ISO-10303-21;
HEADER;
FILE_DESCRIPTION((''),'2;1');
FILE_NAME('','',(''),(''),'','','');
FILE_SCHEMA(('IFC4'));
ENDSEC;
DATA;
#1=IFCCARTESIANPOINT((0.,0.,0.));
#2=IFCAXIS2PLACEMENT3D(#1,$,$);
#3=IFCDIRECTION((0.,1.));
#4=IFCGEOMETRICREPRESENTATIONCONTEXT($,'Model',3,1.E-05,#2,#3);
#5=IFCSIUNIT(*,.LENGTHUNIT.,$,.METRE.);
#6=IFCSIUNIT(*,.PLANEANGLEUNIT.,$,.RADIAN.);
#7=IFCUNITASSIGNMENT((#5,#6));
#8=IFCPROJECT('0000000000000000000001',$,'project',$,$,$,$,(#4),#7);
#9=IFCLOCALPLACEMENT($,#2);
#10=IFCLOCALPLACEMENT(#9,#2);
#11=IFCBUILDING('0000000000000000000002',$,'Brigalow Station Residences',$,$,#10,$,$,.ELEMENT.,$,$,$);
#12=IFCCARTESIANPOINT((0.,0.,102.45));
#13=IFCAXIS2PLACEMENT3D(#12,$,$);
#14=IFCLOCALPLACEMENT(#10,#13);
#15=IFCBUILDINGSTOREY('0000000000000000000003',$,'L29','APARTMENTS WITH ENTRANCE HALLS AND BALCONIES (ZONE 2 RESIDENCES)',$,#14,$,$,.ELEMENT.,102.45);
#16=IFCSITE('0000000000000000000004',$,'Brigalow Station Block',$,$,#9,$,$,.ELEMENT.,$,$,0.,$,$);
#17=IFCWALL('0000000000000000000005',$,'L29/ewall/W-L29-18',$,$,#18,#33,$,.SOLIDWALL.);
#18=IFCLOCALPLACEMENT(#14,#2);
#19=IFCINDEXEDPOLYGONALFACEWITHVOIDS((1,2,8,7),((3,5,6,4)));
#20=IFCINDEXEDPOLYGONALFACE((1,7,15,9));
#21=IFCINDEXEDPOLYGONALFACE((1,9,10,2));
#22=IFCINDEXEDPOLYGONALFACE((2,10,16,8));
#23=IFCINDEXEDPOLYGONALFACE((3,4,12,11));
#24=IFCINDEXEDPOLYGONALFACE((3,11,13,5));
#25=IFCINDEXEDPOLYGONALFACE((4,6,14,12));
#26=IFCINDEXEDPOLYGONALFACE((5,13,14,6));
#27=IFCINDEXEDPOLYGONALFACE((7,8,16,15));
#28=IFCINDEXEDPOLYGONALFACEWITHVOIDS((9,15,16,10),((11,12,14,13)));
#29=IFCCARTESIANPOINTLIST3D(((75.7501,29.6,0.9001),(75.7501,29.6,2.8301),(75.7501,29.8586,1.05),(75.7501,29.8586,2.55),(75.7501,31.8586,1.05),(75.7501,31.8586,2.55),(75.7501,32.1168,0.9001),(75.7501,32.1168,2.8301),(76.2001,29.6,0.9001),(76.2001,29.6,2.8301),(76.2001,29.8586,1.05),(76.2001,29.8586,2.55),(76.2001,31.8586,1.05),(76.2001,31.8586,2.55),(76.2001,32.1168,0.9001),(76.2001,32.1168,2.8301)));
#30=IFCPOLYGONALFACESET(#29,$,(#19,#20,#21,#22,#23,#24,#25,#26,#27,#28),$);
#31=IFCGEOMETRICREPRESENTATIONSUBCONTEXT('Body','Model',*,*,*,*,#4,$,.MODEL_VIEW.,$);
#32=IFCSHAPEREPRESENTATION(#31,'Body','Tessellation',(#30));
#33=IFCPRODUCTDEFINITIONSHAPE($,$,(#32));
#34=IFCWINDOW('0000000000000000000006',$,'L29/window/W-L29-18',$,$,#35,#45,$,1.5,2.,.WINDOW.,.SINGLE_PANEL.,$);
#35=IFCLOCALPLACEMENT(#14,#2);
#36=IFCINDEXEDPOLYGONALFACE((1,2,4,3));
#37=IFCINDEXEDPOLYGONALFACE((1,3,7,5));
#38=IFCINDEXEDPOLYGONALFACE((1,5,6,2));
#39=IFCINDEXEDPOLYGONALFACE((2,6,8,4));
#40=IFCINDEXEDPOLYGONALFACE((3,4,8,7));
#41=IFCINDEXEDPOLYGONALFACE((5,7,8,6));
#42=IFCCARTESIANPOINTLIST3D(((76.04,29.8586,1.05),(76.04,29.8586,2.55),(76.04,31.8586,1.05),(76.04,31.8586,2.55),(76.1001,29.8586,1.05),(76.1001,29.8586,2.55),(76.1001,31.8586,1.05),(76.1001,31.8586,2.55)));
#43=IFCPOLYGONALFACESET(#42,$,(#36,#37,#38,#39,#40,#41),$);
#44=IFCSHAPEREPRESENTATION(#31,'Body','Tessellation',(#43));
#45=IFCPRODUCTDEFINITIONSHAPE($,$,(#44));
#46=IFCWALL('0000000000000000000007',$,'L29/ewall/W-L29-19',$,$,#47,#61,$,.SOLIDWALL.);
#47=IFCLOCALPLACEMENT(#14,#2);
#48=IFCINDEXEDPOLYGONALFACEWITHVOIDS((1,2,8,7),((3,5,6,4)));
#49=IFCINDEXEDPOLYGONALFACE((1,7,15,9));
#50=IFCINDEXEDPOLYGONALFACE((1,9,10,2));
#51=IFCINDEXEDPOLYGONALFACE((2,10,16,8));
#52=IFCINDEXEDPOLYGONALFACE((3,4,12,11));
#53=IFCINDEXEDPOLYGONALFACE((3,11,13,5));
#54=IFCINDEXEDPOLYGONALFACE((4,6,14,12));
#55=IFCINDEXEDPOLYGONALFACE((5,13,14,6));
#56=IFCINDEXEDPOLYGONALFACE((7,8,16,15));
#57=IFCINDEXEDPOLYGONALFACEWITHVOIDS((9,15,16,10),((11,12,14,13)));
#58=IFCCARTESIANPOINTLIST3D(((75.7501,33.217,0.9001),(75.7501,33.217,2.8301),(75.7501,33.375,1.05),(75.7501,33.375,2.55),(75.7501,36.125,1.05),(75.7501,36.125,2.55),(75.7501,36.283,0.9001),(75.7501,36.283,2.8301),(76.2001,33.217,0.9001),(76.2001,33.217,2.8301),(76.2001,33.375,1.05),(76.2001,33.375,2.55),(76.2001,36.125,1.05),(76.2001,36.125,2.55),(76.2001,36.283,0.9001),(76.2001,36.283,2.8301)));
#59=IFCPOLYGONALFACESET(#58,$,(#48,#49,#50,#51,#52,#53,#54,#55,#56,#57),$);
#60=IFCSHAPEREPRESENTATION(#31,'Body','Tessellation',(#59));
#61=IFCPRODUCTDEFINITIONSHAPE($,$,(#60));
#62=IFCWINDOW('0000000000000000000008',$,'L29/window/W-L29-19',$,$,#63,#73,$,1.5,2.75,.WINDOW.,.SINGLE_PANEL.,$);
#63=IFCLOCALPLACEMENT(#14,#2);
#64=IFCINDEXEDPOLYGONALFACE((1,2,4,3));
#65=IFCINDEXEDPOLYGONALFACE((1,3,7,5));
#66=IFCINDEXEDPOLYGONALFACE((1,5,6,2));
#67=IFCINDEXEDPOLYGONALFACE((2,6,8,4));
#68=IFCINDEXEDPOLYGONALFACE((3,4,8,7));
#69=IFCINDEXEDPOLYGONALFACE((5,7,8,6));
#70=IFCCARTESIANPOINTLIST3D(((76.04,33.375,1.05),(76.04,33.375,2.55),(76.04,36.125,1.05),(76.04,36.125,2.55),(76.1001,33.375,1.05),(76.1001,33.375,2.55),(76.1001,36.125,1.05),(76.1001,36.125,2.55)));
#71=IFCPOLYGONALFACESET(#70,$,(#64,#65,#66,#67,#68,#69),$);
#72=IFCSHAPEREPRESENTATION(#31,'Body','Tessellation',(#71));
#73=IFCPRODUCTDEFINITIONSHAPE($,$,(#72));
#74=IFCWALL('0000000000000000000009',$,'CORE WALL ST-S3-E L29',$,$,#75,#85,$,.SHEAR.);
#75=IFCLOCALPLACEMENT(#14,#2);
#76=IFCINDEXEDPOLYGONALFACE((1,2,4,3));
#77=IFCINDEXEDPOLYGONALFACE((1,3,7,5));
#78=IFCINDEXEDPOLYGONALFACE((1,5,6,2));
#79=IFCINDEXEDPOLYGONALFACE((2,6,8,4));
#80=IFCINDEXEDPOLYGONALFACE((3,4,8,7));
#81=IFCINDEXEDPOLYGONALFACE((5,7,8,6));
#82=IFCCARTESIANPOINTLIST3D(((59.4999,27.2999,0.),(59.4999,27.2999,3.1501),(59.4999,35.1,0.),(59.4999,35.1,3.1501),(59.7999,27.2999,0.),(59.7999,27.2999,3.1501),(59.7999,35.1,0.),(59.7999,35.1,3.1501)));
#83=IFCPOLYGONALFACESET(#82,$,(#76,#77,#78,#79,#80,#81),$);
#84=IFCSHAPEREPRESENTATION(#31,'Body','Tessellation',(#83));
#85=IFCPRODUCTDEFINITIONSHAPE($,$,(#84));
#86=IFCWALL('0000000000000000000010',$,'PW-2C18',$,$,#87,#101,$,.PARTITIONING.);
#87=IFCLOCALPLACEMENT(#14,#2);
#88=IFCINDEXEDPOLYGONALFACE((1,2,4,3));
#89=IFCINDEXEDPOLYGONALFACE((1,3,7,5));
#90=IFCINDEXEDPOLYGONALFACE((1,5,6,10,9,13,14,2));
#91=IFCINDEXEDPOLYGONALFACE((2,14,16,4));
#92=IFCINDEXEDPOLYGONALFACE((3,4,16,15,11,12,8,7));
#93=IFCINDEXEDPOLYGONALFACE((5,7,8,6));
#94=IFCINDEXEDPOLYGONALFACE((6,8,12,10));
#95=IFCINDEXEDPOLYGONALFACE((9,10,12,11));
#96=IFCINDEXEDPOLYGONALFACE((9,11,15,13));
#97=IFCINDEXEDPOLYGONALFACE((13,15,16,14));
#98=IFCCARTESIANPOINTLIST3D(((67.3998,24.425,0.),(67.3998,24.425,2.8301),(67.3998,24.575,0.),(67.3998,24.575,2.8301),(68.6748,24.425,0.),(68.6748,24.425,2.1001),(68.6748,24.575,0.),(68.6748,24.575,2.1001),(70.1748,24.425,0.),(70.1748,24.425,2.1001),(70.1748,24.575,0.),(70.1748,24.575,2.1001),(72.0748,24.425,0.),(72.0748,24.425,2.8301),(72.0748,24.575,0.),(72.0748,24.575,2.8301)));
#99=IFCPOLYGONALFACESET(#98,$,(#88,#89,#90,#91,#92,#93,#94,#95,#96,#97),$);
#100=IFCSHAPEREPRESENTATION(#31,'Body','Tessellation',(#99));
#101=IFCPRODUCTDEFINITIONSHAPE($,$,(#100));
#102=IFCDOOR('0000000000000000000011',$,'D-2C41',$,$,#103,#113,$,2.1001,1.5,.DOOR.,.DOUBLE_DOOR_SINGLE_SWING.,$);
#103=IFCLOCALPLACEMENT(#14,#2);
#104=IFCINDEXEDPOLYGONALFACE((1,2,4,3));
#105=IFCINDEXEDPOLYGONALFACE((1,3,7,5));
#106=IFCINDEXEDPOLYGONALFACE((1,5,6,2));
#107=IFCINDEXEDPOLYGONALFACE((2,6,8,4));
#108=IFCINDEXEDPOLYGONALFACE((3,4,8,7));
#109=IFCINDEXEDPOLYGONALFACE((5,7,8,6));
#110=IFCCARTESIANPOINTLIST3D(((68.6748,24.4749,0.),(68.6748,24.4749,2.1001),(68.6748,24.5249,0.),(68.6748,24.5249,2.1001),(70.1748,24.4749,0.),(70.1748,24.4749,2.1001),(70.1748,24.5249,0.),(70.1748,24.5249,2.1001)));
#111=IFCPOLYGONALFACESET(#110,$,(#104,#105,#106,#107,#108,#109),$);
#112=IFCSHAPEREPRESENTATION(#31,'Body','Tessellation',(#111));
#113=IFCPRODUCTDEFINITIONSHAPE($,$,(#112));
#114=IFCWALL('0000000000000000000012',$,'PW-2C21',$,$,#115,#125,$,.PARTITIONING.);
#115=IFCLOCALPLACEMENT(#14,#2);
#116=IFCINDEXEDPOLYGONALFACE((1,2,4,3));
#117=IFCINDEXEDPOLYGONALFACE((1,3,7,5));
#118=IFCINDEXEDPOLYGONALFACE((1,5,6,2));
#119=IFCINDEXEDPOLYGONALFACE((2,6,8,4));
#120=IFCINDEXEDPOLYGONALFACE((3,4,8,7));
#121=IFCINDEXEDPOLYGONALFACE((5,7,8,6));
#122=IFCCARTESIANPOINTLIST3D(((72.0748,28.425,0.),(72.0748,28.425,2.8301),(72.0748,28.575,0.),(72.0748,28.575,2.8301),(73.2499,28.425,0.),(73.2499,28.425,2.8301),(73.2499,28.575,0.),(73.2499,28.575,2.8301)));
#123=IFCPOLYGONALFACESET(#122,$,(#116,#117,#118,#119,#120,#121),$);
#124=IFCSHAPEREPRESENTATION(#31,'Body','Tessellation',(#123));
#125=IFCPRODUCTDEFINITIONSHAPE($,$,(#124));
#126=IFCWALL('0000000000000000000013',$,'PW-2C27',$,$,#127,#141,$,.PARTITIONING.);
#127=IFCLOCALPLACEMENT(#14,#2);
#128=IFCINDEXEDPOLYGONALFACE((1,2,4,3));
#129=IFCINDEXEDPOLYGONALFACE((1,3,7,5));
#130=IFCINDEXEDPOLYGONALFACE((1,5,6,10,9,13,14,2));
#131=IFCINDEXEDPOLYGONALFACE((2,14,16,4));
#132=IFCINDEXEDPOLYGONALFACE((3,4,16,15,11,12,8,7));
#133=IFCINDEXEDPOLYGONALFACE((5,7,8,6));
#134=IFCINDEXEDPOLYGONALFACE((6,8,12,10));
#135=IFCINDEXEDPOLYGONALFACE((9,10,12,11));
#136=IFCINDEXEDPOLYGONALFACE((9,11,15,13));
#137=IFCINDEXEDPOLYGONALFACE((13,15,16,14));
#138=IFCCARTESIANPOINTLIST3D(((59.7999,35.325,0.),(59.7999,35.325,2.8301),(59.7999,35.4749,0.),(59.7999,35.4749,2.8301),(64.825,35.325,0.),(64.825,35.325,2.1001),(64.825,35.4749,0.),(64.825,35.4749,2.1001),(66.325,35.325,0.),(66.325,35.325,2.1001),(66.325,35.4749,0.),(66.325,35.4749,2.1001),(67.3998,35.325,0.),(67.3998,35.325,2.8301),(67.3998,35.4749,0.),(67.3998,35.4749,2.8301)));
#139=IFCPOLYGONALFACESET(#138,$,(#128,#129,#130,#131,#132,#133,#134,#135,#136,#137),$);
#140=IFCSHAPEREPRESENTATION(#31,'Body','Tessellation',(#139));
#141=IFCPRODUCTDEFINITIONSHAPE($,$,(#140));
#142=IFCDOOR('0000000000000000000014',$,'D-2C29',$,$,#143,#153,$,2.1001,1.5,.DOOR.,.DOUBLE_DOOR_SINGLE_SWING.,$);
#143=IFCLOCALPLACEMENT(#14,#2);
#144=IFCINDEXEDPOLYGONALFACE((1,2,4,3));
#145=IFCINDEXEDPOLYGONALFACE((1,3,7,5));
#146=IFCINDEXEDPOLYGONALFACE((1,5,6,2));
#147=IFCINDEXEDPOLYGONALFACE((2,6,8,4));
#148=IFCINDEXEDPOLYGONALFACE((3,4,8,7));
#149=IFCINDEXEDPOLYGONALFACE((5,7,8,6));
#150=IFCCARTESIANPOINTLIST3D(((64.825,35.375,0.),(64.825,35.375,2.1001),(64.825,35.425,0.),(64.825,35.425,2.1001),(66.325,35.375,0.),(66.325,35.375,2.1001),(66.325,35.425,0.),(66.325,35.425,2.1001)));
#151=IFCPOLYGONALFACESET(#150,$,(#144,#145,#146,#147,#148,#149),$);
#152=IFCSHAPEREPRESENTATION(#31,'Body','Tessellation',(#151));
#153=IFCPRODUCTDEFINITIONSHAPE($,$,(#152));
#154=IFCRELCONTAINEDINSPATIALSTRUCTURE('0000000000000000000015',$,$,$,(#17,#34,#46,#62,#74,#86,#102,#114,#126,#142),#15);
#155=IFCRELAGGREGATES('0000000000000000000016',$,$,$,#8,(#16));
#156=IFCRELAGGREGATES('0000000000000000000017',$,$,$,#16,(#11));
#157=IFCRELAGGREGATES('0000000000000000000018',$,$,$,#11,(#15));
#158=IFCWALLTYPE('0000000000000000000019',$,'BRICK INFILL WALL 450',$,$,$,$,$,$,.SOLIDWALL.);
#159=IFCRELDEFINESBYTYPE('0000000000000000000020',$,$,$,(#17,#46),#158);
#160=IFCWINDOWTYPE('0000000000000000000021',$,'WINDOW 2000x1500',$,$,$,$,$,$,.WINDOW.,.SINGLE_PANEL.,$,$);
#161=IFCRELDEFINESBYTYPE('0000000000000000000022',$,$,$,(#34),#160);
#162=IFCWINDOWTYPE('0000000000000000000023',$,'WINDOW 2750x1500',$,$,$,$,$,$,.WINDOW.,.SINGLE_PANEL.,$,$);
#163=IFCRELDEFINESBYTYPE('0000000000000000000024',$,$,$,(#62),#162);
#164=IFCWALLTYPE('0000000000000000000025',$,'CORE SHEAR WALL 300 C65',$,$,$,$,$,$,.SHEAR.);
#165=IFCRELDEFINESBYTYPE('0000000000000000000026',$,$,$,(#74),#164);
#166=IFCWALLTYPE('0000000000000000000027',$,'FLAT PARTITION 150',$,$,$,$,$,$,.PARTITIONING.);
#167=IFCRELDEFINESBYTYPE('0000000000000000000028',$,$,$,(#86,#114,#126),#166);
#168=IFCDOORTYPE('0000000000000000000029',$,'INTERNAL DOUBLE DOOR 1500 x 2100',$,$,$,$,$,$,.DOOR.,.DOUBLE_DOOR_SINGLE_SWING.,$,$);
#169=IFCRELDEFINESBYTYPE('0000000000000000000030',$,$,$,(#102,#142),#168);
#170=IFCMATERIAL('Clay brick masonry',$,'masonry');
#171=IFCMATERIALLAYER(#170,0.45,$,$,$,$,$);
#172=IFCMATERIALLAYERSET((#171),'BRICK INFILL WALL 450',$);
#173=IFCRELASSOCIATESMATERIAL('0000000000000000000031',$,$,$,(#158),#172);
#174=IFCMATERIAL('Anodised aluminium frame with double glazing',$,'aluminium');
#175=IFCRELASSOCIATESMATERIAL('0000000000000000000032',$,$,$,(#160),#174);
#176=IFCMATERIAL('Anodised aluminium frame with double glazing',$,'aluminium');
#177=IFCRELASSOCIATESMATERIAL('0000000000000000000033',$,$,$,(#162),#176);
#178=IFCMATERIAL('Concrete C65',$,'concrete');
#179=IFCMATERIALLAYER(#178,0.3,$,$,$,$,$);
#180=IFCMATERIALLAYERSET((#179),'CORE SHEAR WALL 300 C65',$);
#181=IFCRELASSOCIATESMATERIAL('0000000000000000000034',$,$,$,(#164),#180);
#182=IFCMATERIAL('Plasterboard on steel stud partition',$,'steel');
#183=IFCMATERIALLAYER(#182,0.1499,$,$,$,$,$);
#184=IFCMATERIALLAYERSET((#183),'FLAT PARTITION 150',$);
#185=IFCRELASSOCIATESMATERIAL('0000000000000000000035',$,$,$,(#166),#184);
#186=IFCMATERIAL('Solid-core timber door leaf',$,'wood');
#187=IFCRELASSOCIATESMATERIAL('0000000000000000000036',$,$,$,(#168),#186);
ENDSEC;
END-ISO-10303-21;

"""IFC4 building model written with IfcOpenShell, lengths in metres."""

from ifc_helpers import new_model, si_unit, direction, frame, frame_2d, origin, place, context, subcontext, project, spatial, rectangle, extrude, material, layer, layer_set, type_object, element, fill, save


model = new_model("IFC4")

# Units and contexts
model_context = context("Model", 3, precision=1e-05, world=origin(), true_north=direction((0.0, 1.0)))
body_context = subcontext(model_context, "Body", "Model", "MODEL_VIEW")
ifc_project = project(units=[si_unit("LENGTHUNIT", "METRE"), si_unit("PLANEANGLEUNIT", "RADIAN")], contexts=[model_context])

# Site, building, storey
site_placement = place(None, origin())
site = spatial("IfcSite", under=ifc_project, at=site_placement, Name="Brigalow Station Block", CompositionType="ELEMENT", RefElevation=0.0)
building_placement = place(site_placement, origin())
building = spatial("IfcBuilding", under=site, at=building_placement, Name="Brigalow Station Residences", CompositionType="ELEMENT")
storey_placement = place(building_placement, frame((0.0, 0.0, 102.45)))
storey = spatial("IfcBuildingStorey", under=building, at=storey_placement, Name="L29", Description="APARTMENTS WITH ENTRANCE HALLS AND BALCONIES (ZONE 2 RESIDENCES)", CompositionType="ELEMENT", Elevation=102.45)

# Shared definitions
ifc_material_1 = material(Name="Clay brick masonry", Category="masonry")
ifc_layer_1 = layer(ifc_material_1, 0.45)
ifc_layer_set_1 = layer_set([ifc_layer_1], Name="BRICK INFILL WALL 450")
wall_type_1 = type_object("IfcWallType", Name="BRICK INFILL WALL 450", PredefinedType="SOLIDWALL", material=ifc_layer_set_1)

# Walls, openings, windows
wall_1_placement = place(storey_placement, frame((75.9751, 29.6001, 0.9001), z_axis=(0.0, 0.0, 1.0), x_axis=(0.0, 1.0, 0.0)))
wall_1 = element("IfcWall", 1, at=wall_1_placement, inside=storey, type_object=wall_type_1, Name="L29/ewall/W-L29-18", PredefinedType="SOLIDWALL", context=body_context, shape_type="SweptSolid", body=[
    extrude(rectangle(XDim=2.5168, YDim=0.45, at=frame_2d((1.2583, 0.0))), origin(), (0.0, 0.0, 1.0), 1.9299),
])
opening_1_placement = place(wall_1_placement, frame((0.2585, 0.0, 0.1499)))
opening_1 = element("IfcOpeningElement", 2, at=opening_1_placement, cuts=wall_1, PredefinedType="OPENING", context=body_context, shape_type="SweptSolid", body=[
    extrude(rectangle(XDim=2.0, YDim=1.5, at=frame_2d((1.0, 0.75))), frame((0.0, 0.2349, 0.0), z_axis=(0.0, -1.0, 0.0), x_axis=(1.0, 0.0, 0.0)), (0.0, 0.0, 1.0), 0.47),
])
ifc_material_2 = material(Name="Anodised aluminium frame with double glazing", Category="aluminium")
window_type_1 = type_object("IfcWindowType", Name="WINDOW 2000x1500", PartitioningType="SINGLE_PANEL", PredefinedType="WINDOW", material=ifc_material_2)
window_1_placement = place(opening_1_placement, origin())
window_1 = element("IfcWindow", 3, at=window_1_placement, inside=storey, type_object=window_type_1, Name="L29/window/W-L29-18", OverallHeight=1.5, OverallWidth=2.0, PartitioningType="SINGLE_PANEL", PredefinedType="WINDOW", context=body_context, shape_type="SweptSolid", body=[
    extrude(rectangle(XDim=2.0, YDim=1.5, at=frame_2d((1.0, 0.75))), frame((0.0, -0.0649, 0.0), z_axis=(0.0, -1.0, 0.0), x_axis=(1.0, 0.0, 0.0)), (0.0, 0.0, 1.0), 0.0601),
])
fill(opening_1, window_1)
wall_2_placement = place(storey_placement, frame((75.9751, 33.217, 0.9001), z_axis=(0.0, 0.0, 1.0), x_axis=(0.0, 1.0, 0.0)))
wall_2 = element("IfcWall", 4, at=wall_2_placement, inside=storey, type_object=wall_type_1, Name="L29/ewall/W-L29-19", PredefinedType="SOLIDWALL", context=body_context, shape_type="SweptSolid", body=[
    extrude(rectangle(XDim=3.0659, YDim=0.45, at=frame_2d((1.533, 0.0))), origin(), (0.0, 0.0, 1.0), 1.9299),
])
opening_2_placement = place(wall_2_placement, frame((0.158, 0.0, 0.1499)))
opening_2 = element("IfcOpeningElement", 5, at=opening_2_placement, cuts=wall_2, PredefinedType="OPENING", context=body_context, shape_type="SweptSolid", body=[
    extrude(rectangle(XDim=2.75, YDim=1.5, at=frame_2d((1.375, 0.75))), frame((0.0, 0.2349, 0.0), z_axis=(0.0, -1.0, 0.0), x_axis=(1.0, 0.0, 0.0)), (0.0, 0.0, 1.0), 0.47),
])
ifc_material_3 = material(Name="Anodised aluminium frame with double glazing", Category="aluminium")
window_type_2 = type_object("IfcWindowType", Name="WINDOW 2750x1500", PartitioningType="SINGLE_PANEL", PredefinedType="WINDOW", material=ifc_material_3)
window_2_placement = place(opening_2_placement, origin())
window_2 = element("IfcWindow", 6, at=window_2_placement, inside=storey, type_object=window_type_2, Name="L29/window/W-L29-19", OverallHeight=1.5, OverallWidth=2.75, PartitioningType="SINGLE_PANEL", PredefinedType="WINDOW", context=body_context, shape_type="SweptSolid", body=[
    extrude(rectangle(XDim=2.75, YDim=1.5, at=frame_2d((1.375, 0.75))), frame((0.0, -0.0649, 0.0), z_axis=(0.0, -1.0, 0.0), x_axis=(1.0, 0.0, 0.0)), (0.0, 0.0, 1.0), 0.0601),
])
fill(opening_2, window_2)

# Wall
ifc_material_4 = material(Name="Concrete C65", Category="concrete")
ifc_layer_2 = layer(ifc_material_4, 0.3)
ifc_layer_set_2 = layer_set([ifc_layer_2], Name="CORE SHEAR WALL 300 C65")
wall_type_2 = type_object("IfcWallType", Name="CORE SHEAR WALL 300 C65", PredefinedType="SHEAR", material=ifc_layer_set_2)
wall_3_placement = place(storey_placement, frame((59.6499, 27.3, 0.0), z_axis=(0.0, 0.0, 1.0), x_axis=(0.0, 1.0, 0.0)))
element("IfcWall", 7, at=wall_3_placement, inside=storey, type_object=wall_type_2, Name="CORE WALL ST-S3-E L29", PredefinedType="SHEAR", context=body_context, shape_type="SweptSolid", body=[
    extrude(rectangle(XDim=7.8, YDim=0.3, at=frame_2d((3.8999, 0.0))), origin(), (0.0, 0.0, 1.0), 3.1501),
])

# Wall, opening, door
ifc_material_5 = material(Name="Plasterboard on steel stud partition", Category="steel")
ifc_layer_3 = layer(ifc_material_5, 0.1499)
ifc_layer_set_3 = layer_set([ifc_layer_3], Name="FLAT PARTITION 150")
wall_type_3 = type_object("IfcWallType", Name="FLAT PARTITION 150", PredefinedType="PARTITIONING", material=ifc_layer_set_3)
wall_4_placement = place(storey_placement, frame((67.3999, 24.5, 0.0), z_axis=(0.0, 0.0, 1.0), x_axis=(1.0, 0.0, 0.0)))
wall_4 = element("IfcWall", 8, at=wall_4_placement, inside=storey, type_object=wall_type_3, Name="PW-2C18", PredefinedType="PARTITIONING", context=body_context, shape_type="SweptSolid", body=[
    extrude(rectangle(XDim=4.675, YDim=0.1499, at=frame_2d((2.3374, 0.0))), origin(), (0.0, 0.0, 1.0), 2.8301),
])
opening_3_placement = place(wall_4_placement, frame((1.2749, 0.0, 0.0)))
opening_3 = element("IfcOpeningElement", 9, at=opening_3_placement, cuts=wall_4, PredefinedType="OPENING", context=body_context, shape_type="SweptSolid", body=[
    extrude(rectangle(XDim=1.5, YDim=2.1001, at=frame_2d((0.75, 1.05))), frame((0.0, 0.085, 0.0), z_axis=(0.0, -1.0, 0.0), x_axis=(1.0, 0.0, 0.0)), (0.0, 0.0, 1.0), 0.1699),
])
ifc_material_6 = material(Name="Solid-core timber door leaf", Category="wood")
door_type_1 = type_object("IfcDoorType", Name="INTERNAL DOUBLE DOOR 1500 x 2100", OperationType="DOUBLE_DOOR_SINGLE_SWING", PredefinedType="DOOR", material=ifc_material_6)
door_1_placement = place(opening_3_placement, origin())
door_1 = element("IfcDoor", 10, at=door_1_placement, inside=storey, type_object=door_type_1, Name="D-2C41", OperationType="DOUBLE_DOOR_SINGLE_SWING", OverallHeight=2.1001, OverallWidth=1.5, PredefinedType="DOOR", context=body_context, shape_type="SweptSolid", body=[
    extrude(rectangle(XDim=1.5, YDim=2.1001, at=frame_2d((0.75, 1.05))), frame((0.0, 0.0249, 0.0), z_axis=(0.0, -1.0, 0.0), x_axis=(1.0, 0.0, 0.0)), (0.0, 0.0, 1.0), 0.05),
])
fill(opening_3, door_1)

# Wall
wall_5_placement = place(storey_placement, frame((72.075, 28.5, 0.0), z_axis=(0.0, 0.0, 1.0), x_axis=(1.0, 0.0, 0.0)))
element("IfcWall", 11, at=wall_5_placement, inside=storey, type_object=wall_type_3, Name="PW-2C21", PredefinedType="PARTITIONING", context=body_context, shape_type="SweptSolid", body=[
    extrude(rectangle(XDim=1.175, YDim=0.1499, at=frame_2d((0.5874, 0.0))), origin(), (0.0, 0.0, 1.0), 2.8301),
])

# Wall, opening, door
wall_6_placement = place(storey_placement, frame((59.8, 35.3999, 0.0), z_axis=(0.0, 0.0, 1.0), x_axis=(1.0, 0.0, 0.0)))
wall_6 = element("IfcWall", 12, at=wall_6_placement, inside=storey, type_object=wall_type_3, Name="PW-2C27", PredefinedType="PARTITIONING", context=body_context, shape_type="SweptSolid", body=[
    extrude(rectangle(XDim=7.5999, YDim=0.1499, at=frame_2d((3.7998, 0.0))), origin(), (0.0, 0.0, 1.0), 2.8301),
])
opening_4_placement = place(wall_6_placement, frame((5.0249, 0.0, 0.0)))
opening_4 = element("IfcOpeningElement", 13, at=opening_4_placement, cuts=wall_6, PredefinedType="OPENING", context=body_context, shape_type="SweptSolid", body=[
    extrude(rectangle(XDim=1.5, YDim=2.1001, at=frame_2d((0.75, 1.05))), frame((0.0, 0.085, 0.0), z_axis=(0.0, -1.0, 0.0), x_axis=(1.0, 0.0, 0.0)), (0.0, 0.0, 1.0), 0.1699),
])
door_2_placement = place(opening_4_placement, frame((1.5, 0.0, 0.0), z_axis=(0.0, 0.0, 1.0), x_axis=(-1.0, 0.0, 0.0)))
door_2 = element("IfcDoor", 14, at=door_2_placement, inside=storey, type_object=door_type_1, Name="D-2C29", OperationType="DOUBLE_DOOR_SINGLE_SWING", OverallHeight=2.1001, OverallWidth=1.5, PredefinedType="DOOR", context=body_context, shape_type="SweptSolid", body=[
    extrude(rectangle(XDim=1.5, YDim=2.1001, at=frame_2d((0.75, 1.05))), frame((0.0, 0.0249, 0.0), z_axis=(0.0, -1.0, 0.0), x_axis=(1.0, 0.0, 0.0)), (0.0, 0.0, 1.0), 0.05),
])
fill(opening_4, door_2)

save(model, "model.ifc")
